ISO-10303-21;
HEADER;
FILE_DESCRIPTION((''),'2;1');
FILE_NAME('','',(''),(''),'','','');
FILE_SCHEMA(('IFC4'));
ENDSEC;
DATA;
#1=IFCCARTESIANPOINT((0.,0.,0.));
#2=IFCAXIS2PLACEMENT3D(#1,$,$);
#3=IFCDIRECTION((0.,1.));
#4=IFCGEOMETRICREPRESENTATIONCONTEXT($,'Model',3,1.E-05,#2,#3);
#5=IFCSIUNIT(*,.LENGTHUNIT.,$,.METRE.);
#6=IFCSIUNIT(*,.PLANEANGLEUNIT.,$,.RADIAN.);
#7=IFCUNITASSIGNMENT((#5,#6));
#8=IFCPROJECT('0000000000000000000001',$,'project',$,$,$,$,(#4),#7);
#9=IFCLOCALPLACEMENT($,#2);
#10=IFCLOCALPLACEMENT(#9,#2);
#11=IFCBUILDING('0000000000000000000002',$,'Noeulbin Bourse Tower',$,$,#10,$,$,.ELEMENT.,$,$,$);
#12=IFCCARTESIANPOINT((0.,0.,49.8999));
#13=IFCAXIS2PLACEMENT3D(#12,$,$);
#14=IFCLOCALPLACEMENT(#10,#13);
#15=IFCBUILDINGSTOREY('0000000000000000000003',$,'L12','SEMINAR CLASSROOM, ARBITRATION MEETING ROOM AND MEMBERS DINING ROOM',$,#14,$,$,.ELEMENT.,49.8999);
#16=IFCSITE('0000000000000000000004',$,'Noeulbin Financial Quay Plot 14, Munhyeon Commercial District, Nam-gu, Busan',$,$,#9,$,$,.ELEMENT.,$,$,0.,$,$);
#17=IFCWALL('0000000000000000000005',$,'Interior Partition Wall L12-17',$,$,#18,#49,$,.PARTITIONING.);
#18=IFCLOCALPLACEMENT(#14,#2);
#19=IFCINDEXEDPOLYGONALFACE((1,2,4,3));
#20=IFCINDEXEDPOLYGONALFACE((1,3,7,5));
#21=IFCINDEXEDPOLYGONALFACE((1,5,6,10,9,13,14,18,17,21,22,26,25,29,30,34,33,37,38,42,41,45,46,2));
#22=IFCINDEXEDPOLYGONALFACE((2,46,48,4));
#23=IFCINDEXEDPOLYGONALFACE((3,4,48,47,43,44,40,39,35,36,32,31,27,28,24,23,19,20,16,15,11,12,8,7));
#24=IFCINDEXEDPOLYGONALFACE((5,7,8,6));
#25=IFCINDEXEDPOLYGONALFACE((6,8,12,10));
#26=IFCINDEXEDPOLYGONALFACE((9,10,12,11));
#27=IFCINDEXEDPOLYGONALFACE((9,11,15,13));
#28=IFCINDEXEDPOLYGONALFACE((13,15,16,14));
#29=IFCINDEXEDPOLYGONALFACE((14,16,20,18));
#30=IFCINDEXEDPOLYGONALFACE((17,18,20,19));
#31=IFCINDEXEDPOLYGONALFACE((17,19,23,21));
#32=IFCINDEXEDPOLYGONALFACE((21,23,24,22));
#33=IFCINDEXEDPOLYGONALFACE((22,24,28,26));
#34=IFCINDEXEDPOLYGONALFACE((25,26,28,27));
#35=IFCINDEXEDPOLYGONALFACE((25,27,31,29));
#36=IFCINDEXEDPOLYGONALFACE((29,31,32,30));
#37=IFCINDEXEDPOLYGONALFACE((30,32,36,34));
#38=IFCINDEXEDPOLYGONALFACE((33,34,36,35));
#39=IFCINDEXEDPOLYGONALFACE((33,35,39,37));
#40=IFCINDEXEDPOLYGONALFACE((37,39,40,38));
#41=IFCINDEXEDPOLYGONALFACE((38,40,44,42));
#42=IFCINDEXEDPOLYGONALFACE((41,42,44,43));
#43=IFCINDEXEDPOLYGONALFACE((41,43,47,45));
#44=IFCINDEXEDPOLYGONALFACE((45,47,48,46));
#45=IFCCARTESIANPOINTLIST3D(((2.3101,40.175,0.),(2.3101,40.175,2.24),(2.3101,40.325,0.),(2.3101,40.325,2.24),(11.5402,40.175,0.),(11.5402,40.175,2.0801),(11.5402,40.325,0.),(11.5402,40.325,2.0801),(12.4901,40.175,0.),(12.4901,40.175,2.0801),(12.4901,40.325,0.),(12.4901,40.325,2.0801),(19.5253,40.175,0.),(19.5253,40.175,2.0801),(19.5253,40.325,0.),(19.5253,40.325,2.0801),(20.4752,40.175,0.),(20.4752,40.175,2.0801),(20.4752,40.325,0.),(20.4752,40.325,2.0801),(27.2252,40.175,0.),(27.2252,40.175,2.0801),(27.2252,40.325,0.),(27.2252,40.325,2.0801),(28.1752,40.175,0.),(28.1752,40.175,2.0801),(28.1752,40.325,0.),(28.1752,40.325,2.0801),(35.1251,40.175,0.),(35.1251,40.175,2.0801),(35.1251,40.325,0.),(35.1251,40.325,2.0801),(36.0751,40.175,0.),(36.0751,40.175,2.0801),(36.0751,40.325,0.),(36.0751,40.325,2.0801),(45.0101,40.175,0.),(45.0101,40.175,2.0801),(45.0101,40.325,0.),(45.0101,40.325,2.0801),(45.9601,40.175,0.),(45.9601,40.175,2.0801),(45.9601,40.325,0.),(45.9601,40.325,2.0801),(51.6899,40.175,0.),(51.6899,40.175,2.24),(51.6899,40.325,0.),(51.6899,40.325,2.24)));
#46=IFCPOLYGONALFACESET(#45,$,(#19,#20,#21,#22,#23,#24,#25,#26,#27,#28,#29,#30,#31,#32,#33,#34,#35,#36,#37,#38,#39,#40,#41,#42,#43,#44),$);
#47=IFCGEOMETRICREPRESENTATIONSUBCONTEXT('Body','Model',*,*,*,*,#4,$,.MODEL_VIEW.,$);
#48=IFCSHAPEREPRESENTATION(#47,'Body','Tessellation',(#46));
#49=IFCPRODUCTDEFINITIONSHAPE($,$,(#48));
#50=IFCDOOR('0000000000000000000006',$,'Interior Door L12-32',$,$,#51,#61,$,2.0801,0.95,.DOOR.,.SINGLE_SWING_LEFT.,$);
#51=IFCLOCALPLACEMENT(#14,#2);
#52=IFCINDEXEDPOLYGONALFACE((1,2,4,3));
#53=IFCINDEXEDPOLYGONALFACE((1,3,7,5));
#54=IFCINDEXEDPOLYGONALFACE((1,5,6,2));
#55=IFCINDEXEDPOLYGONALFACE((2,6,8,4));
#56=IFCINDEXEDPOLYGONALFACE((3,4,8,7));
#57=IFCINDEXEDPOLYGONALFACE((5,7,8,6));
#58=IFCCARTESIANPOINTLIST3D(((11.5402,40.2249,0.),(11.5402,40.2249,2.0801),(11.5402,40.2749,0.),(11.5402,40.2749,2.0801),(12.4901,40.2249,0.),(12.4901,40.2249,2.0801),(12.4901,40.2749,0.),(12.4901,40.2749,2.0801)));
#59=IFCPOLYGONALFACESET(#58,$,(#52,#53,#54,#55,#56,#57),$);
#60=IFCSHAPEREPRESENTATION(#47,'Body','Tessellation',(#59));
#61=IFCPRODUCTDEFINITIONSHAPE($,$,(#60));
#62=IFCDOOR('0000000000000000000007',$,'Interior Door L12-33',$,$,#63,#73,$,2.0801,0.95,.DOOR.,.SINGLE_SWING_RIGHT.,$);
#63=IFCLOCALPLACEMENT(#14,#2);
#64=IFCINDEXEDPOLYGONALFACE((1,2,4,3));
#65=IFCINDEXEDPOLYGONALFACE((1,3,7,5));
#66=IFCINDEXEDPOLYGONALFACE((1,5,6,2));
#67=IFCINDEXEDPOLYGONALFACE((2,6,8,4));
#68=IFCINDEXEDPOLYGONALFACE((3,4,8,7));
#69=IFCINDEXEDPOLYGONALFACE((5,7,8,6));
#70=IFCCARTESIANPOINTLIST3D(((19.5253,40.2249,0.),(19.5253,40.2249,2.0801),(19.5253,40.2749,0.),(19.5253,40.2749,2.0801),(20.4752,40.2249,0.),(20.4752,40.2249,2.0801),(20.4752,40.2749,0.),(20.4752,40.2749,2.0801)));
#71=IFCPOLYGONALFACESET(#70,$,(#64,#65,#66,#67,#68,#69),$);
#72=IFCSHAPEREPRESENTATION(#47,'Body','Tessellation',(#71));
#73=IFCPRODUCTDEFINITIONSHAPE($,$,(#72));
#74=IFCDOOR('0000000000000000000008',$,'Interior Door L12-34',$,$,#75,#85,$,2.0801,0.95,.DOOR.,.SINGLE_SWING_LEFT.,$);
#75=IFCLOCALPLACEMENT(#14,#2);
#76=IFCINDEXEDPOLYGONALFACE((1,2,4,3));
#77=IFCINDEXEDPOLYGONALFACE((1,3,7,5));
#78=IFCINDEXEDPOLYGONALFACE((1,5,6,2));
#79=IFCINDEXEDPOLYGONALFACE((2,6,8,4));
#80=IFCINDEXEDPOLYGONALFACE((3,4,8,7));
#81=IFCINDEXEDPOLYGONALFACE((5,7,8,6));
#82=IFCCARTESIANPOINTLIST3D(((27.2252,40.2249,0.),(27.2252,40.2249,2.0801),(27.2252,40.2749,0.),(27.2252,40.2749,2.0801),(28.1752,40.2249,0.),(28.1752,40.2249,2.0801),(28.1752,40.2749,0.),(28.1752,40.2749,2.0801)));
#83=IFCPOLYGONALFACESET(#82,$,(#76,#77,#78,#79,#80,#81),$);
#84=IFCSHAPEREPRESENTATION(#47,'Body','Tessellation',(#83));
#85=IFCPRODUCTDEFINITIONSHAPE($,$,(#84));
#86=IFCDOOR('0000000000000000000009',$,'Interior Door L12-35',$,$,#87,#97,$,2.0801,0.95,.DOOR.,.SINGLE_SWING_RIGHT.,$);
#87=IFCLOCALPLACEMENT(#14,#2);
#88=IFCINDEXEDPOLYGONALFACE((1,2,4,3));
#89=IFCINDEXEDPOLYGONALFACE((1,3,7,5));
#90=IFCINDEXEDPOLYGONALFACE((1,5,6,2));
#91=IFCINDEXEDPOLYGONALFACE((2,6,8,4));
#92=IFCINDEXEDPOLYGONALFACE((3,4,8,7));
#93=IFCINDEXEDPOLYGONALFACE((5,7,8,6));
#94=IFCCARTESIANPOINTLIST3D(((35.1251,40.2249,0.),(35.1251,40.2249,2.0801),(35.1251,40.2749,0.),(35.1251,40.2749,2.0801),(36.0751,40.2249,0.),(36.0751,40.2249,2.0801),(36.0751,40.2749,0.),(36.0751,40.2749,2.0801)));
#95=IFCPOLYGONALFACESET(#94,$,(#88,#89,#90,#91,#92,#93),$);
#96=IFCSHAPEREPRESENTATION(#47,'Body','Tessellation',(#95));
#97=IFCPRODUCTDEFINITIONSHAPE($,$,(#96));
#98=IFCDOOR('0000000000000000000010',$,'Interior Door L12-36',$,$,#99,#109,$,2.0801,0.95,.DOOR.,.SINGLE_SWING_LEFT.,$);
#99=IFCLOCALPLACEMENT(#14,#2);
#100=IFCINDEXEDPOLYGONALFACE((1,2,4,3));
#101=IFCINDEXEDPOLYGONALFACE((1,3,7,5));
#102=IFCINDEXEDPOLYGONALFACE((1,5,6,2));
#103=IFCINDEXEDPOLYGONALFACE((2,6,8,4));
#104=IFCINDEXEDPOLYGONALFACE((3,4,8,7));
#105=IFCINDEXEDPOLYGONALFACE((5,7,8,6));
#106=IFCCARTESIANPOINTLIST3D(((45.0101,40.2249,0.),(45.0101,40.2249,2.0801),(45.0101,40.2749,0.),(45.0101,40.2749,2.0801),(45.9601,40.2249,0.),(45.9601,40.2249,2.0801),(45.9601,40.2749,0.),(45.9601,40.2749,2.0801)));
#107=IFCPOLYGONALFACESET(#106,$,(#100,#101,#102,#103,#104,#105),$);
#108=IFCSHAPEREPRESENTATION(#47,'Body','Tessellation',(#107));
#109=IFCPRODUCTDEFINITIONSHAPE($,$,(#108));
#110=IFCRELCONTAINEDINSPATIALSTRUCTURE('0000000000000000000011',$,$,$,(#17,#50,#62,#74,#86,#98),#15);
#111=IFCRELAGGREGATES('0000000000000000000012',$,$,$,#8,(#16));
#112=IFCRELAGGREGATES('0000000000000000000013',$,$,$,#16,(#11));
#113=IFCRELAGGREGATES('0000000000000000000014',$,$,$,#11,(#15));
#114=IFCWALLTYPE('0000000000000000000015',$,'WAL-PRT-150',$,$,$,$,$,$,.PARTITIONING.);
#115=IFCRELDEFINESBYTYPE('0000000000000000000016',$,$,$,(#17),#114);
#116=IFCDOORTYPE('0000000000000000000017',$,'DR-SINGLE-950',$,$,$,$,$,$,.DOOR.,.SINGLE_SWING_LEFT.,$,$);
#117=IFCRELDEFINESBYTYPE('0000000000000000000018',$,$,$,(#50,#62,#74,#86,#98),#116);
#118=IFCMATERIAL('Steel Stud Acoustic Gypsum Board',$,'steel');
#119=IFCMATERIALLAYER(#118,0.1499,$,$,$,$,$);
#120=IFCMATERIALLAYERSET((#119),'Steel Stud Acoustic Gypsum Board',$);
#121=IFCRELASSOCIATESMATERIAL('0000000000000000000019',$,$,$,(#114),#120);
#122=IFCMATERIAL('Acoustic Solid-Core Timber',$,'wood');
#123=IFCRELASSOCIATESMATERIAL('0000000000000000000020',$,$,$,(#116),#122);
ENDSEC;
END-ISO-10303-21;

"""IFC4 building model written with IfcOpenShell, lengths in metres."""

from ifc_helpers import new_model, si_unit, direction, frame, frame_2d, origin, place, context, subcontext, project, spatial, rectangle, extrude, material, layer, layer_set, type_object, element, fill, save


model = new_model("IFC4")

# Units and contexts
model_context = context("Model", 3, precision=1e-05, world=origin(), true_north=direction((0.0, 1.0)))
body_context = subcontext(model_context, "Body", "Model", "MODEL_VIEW")
ifc_project = project(units=[si_unit("LENGTHUNIT", "METRE"), si_unit("PLANEANGLEUNIT", "RADIAN")], contexts=[model_context])

# Site, building, storey
site_placement = place(None, origin())
site = spatial("IfcSite", under=ifc_project, at=site_placement, Name="Noeulbin Financial Quay Plot 14, Munhyeon Commercial District, Nam-gu, Busan", CompositionType="ELEMENT", RefElevation=0.0)
building_placement = place(site_placement, origin())
building = spatial("IfcBuilding", under=site, at=building_placement, Name="Noeulbin Bourse Tower", CompositionType="ELEMENT")
storey_placement = place(building_placement, frame((0.0, 0.0, 49.8999)))
storey = spatial("IfcBuildingStorey", under=building, at=storey_placement, Name="L12", Description="SEMINAR CLASSROOM, ARBITRATION MEETING ROOM AND MEMBERS DINING ROOM", CompositionType="ELEMENT", Elevation=49.8999)

# Wall, openings, doors
ifc_material_1 = material(Name="Steel Stud Acoustic Gypsum Board", Category="steel")
ifc_layer_1 = layer(ifc_material_1, 0.1499)
ifc_layer_set_1 = layer_set([ifc_layer_1], Name="Steel Stud Acoustic Gypsum Board")
wall_type_1 = type_object("IfcWallType", Name="WAL-PRT-150", PredefinedType="PARTITIONING", material=ifc_layer_set_1)
wall_1_placement = place(storey_placement, frame((2.3101, 40.25, 0.0), z_axis=(0.0, 0.0, 1.0), x_axis=(1.0, 0.0, 0.0)))
wall_1 = element("IfcWall", 1, at=wall_1_placement, inside=storey, type_object=wall_type_1, Name="Interior Partition Wall L12-17", PredefinedType="PARTITIONING", context=body_context, shape_type="SweptSolid", body=[
    extrude(rectangle(XDim=49.3799, YDim=0.1499, at=frame_2d((24.6899, 0.0))), origin(), (0.0, 0.0, 1.0), 2.24),
])
opening_1_placement = place(wall_1_placement, frame((9.23, 0.0, 0.0)))
opening_1 = element("IfcOpeningElement", 2, at=opening_1_placement, cuts=wall_1, PredefinedType="OPENING", context=body_context, shape_type="SweptSolid", body=[
    extrude(rectangle(XDim=0.95, YDim=2.0801, at=frame_2d((0.4751, 1.04))), frame((0.0, 0.085, 0.0), z_axis=(0.0, -1.0, 0.0), x_axis=(1.0, 0.0, 0.0)), (0.0, 0.0, 1.0), 0.1699),
])
opening_2_placement = place(wall_1_placement, frame((17.2151, 0.0, 0.0)))
opening_2 = element("IfcOpeningElement", 3, at=opening_2_placement, cuts=wall_1, PredefinedType="OPENING", context=body_context, shape_type="SweptSolid", body=[
    extrude(rectangle(XDim=0.95, YDim=2.0801, at=frame_2d((0.4751, 1.04))), frame((0.0, 0.085, 0.0), z_axis=(0.0, -1.0, 0.0), x_axis=(1.0, 0.0, 0.0)), (0.0, 0.0, 1.0), 0.1699),
])
opening_3_placement = place(wall_1_placement, frame((24.915, 0.0, 0.0)))
opening_3 = element("IfcOpeningElement", 4, at=opening_3_placement, cuts=wall_1, PredefinedType="OPENING", context=body_context, shape_type="SweptSolid", body=[
    extrude(rectangle(XDim=0.95, YDim=2.0801, at=frame_2d((0.4751, 1.04))), frame((0.0, 0.085, 0.0), z_axis=(0.0, -1.0, 0.0), x_axis=(1.0, 0.0, 0.0)), (0.0, 0.0, 1.0), 0.1699),
])
opening_4_placement = place(wall_1_placement, frame((32.8149, 0.0, 0.0)))
opening_4 = element("IfcOpeningElement", 5, at=opening_4_placement, cuts=wall_1, PredefinedType="OPENING", context=body_context, shape_type="SweptSolid", body=[
    extrude(rectangle(XDim=0.95, YDim=2.0801, at=frame_2d((0.4751, 1.04))), frame((0.0, 0.085, 0.0), z_axis=(0.0, -1.0, 0.0), x_axis=(1.0, 0.0, 0.0)), (0.0, 0.0, 1.0), 0.1699),
])
opening_5_placement = place(wall_1_placement, frame((42.7, 0.0, 0.0)))
opening_5 = element("IfcOpeningElement", 6, at=opening_5_placement, cuts=wall_1, PredefinedType="OPENING", context=body_context, shape_type="SweptSolid", body=[
    extrude(rectangle(XDim=0.95, YDim=2.0801, at=frame_2d((0.4751, 1.04))), frame((0.0, 0.085, 0.0), z_axis=(0.0, -1.0, 0.0), x_axis=(1.0, 0.0, 0.0)), (0.0, 0.0, 1.0), 0.1699),
])
ifc_material_2 = material(Name="Acoustic Solid-Core Timber", Category="wood")
door_type = type_object("IfcDoorType", Name="DR-SINGLE-950", OperationType="SINGLE_SWING_LEFT", PredefinedType="DOOR", material=ifc_material_2)
door_1_placement = place(opening_1_placement, origin())
door_1 = element("IfcDoor", 7, at=door_1_placement, inside=storey, type_object=door_type, Name="Interior Door L12-32", OperationType="SINGLE_SWING_LEFT", OverallHeight=2.0801, OverallWidth=0.95, PredefinedType="DOOR", context=body_context, shape_type="SweptSolid", body=[
    extrude(rectangle(XDim=0.95, YDim=2.0801, at=frame_2d((0.4751, 1.04))), frame((0.0, 0.0249, 0.0), z_axis=(0.0, -1.0, 0.0), x_axis=(1.0, 0.0, 0.0)), (0.0, 0.0, 1.0), 0.05),
])
fill(opening_1, door_1)
door_2_placement = place(opening_2_placement, origin())
door_2 = element("IfcDoor", 8, at=door_2_placement, inside=storey, type_object=door_type, Name="Interior Door L12-33", OperationType="SINGLE_SWING_RIGHT", OverallHeight=2.0801, OverallWidth=0.95, PredefinedType="DOOR", context=body_context, shape_type="SweptSolid", body=[
    extrude(rectangle(XDim=0.95, YDim=2.0801, at=frame_2d((0.4751, 1.04))), frame((0.0, 0.0249, 0.0), z_axis=(0.0, -1.0, 0.0), x_axis=(1.0, 0.0, 0.0)), (0.0, 0.0, 1.0), 0.05),
])
fill(opening_2, door_2)
door_3_placement = place(opening_3_placement, origin())
door_3 = element("IfcDoor", 9, at=door_3_placement, inside=storey, type_object=door_type, Name="Interior Door L12-34", OperationType="SINGLE_SWING_LEFT", OverallHeight=2.0801, OverallWidth=0.95, PredefinedType="DOOR", context=body_context, shape_type="SweptSolid", body=[
    extrude(rectangle(XDim=0.95, YDim=2.0801, at=frame_2d((0.4751, 1.04))), frame((0.0, 0.0249, 0.0), z_axis=(0.0, -1.0, 0.0), x_axis=(1.0, 0.0, 0.0)), (0.0, 0.0, 1.0), 0.05),
])
fill(opening_3, door_3)
door_4_placement = place(opening_4_placement, origin())
door_4 = element("IfcDoor", 10, at=door_4_placement, inside=storey, type_object=door_type, Name="Interior Door L12-35", OperationType="SINGLE_SWING_RIGHT", OverallHeight=2.0801, OverallWidth=0.95, PredefinedType="DOOR", context=body_context, shape_type="SweptSolid", body=[
    extrude(rectangle(XDim=0.95, YDim=2.0801, at=frame_2d((0.4751, 1.04))), frame((0.0, 0.0249, 0.0), z_axis=(0.0, -1.0, 0.0), x_axis=(1.0, 0.0, 0.0)), (0.0, 0.0, 1.0), 0.05),
])
fill(opening_4, door_4)
door_5_placement = place(opening_5_placement, origin())
door_5 = element("IfcDoor", 11, at=door_5_placement, inside=storey, type_object=door_type, Name="Interior Door L12-36", OperationType="SINGLE_SWING_LEFT", OverallHeight=2.0801, OverallWidth=0.95, PredefinedType="DOOR", context=body_context, shape_type="SweptSolid", body=[
    extrude(rectangle(XDim=0.95, YDim=2.0801, at=frame_2d((0.4751, 1.04))), frame((0.0, 0.0249, 0.0), z_axis=(0.0, -1.0, 0.0), x_axis=(1.0, 0.0, 0.0)), (0.0, 0.0, 1.0), 0.05),
])
fill(opening_5, door_5)

save(model, "model.ifc")
